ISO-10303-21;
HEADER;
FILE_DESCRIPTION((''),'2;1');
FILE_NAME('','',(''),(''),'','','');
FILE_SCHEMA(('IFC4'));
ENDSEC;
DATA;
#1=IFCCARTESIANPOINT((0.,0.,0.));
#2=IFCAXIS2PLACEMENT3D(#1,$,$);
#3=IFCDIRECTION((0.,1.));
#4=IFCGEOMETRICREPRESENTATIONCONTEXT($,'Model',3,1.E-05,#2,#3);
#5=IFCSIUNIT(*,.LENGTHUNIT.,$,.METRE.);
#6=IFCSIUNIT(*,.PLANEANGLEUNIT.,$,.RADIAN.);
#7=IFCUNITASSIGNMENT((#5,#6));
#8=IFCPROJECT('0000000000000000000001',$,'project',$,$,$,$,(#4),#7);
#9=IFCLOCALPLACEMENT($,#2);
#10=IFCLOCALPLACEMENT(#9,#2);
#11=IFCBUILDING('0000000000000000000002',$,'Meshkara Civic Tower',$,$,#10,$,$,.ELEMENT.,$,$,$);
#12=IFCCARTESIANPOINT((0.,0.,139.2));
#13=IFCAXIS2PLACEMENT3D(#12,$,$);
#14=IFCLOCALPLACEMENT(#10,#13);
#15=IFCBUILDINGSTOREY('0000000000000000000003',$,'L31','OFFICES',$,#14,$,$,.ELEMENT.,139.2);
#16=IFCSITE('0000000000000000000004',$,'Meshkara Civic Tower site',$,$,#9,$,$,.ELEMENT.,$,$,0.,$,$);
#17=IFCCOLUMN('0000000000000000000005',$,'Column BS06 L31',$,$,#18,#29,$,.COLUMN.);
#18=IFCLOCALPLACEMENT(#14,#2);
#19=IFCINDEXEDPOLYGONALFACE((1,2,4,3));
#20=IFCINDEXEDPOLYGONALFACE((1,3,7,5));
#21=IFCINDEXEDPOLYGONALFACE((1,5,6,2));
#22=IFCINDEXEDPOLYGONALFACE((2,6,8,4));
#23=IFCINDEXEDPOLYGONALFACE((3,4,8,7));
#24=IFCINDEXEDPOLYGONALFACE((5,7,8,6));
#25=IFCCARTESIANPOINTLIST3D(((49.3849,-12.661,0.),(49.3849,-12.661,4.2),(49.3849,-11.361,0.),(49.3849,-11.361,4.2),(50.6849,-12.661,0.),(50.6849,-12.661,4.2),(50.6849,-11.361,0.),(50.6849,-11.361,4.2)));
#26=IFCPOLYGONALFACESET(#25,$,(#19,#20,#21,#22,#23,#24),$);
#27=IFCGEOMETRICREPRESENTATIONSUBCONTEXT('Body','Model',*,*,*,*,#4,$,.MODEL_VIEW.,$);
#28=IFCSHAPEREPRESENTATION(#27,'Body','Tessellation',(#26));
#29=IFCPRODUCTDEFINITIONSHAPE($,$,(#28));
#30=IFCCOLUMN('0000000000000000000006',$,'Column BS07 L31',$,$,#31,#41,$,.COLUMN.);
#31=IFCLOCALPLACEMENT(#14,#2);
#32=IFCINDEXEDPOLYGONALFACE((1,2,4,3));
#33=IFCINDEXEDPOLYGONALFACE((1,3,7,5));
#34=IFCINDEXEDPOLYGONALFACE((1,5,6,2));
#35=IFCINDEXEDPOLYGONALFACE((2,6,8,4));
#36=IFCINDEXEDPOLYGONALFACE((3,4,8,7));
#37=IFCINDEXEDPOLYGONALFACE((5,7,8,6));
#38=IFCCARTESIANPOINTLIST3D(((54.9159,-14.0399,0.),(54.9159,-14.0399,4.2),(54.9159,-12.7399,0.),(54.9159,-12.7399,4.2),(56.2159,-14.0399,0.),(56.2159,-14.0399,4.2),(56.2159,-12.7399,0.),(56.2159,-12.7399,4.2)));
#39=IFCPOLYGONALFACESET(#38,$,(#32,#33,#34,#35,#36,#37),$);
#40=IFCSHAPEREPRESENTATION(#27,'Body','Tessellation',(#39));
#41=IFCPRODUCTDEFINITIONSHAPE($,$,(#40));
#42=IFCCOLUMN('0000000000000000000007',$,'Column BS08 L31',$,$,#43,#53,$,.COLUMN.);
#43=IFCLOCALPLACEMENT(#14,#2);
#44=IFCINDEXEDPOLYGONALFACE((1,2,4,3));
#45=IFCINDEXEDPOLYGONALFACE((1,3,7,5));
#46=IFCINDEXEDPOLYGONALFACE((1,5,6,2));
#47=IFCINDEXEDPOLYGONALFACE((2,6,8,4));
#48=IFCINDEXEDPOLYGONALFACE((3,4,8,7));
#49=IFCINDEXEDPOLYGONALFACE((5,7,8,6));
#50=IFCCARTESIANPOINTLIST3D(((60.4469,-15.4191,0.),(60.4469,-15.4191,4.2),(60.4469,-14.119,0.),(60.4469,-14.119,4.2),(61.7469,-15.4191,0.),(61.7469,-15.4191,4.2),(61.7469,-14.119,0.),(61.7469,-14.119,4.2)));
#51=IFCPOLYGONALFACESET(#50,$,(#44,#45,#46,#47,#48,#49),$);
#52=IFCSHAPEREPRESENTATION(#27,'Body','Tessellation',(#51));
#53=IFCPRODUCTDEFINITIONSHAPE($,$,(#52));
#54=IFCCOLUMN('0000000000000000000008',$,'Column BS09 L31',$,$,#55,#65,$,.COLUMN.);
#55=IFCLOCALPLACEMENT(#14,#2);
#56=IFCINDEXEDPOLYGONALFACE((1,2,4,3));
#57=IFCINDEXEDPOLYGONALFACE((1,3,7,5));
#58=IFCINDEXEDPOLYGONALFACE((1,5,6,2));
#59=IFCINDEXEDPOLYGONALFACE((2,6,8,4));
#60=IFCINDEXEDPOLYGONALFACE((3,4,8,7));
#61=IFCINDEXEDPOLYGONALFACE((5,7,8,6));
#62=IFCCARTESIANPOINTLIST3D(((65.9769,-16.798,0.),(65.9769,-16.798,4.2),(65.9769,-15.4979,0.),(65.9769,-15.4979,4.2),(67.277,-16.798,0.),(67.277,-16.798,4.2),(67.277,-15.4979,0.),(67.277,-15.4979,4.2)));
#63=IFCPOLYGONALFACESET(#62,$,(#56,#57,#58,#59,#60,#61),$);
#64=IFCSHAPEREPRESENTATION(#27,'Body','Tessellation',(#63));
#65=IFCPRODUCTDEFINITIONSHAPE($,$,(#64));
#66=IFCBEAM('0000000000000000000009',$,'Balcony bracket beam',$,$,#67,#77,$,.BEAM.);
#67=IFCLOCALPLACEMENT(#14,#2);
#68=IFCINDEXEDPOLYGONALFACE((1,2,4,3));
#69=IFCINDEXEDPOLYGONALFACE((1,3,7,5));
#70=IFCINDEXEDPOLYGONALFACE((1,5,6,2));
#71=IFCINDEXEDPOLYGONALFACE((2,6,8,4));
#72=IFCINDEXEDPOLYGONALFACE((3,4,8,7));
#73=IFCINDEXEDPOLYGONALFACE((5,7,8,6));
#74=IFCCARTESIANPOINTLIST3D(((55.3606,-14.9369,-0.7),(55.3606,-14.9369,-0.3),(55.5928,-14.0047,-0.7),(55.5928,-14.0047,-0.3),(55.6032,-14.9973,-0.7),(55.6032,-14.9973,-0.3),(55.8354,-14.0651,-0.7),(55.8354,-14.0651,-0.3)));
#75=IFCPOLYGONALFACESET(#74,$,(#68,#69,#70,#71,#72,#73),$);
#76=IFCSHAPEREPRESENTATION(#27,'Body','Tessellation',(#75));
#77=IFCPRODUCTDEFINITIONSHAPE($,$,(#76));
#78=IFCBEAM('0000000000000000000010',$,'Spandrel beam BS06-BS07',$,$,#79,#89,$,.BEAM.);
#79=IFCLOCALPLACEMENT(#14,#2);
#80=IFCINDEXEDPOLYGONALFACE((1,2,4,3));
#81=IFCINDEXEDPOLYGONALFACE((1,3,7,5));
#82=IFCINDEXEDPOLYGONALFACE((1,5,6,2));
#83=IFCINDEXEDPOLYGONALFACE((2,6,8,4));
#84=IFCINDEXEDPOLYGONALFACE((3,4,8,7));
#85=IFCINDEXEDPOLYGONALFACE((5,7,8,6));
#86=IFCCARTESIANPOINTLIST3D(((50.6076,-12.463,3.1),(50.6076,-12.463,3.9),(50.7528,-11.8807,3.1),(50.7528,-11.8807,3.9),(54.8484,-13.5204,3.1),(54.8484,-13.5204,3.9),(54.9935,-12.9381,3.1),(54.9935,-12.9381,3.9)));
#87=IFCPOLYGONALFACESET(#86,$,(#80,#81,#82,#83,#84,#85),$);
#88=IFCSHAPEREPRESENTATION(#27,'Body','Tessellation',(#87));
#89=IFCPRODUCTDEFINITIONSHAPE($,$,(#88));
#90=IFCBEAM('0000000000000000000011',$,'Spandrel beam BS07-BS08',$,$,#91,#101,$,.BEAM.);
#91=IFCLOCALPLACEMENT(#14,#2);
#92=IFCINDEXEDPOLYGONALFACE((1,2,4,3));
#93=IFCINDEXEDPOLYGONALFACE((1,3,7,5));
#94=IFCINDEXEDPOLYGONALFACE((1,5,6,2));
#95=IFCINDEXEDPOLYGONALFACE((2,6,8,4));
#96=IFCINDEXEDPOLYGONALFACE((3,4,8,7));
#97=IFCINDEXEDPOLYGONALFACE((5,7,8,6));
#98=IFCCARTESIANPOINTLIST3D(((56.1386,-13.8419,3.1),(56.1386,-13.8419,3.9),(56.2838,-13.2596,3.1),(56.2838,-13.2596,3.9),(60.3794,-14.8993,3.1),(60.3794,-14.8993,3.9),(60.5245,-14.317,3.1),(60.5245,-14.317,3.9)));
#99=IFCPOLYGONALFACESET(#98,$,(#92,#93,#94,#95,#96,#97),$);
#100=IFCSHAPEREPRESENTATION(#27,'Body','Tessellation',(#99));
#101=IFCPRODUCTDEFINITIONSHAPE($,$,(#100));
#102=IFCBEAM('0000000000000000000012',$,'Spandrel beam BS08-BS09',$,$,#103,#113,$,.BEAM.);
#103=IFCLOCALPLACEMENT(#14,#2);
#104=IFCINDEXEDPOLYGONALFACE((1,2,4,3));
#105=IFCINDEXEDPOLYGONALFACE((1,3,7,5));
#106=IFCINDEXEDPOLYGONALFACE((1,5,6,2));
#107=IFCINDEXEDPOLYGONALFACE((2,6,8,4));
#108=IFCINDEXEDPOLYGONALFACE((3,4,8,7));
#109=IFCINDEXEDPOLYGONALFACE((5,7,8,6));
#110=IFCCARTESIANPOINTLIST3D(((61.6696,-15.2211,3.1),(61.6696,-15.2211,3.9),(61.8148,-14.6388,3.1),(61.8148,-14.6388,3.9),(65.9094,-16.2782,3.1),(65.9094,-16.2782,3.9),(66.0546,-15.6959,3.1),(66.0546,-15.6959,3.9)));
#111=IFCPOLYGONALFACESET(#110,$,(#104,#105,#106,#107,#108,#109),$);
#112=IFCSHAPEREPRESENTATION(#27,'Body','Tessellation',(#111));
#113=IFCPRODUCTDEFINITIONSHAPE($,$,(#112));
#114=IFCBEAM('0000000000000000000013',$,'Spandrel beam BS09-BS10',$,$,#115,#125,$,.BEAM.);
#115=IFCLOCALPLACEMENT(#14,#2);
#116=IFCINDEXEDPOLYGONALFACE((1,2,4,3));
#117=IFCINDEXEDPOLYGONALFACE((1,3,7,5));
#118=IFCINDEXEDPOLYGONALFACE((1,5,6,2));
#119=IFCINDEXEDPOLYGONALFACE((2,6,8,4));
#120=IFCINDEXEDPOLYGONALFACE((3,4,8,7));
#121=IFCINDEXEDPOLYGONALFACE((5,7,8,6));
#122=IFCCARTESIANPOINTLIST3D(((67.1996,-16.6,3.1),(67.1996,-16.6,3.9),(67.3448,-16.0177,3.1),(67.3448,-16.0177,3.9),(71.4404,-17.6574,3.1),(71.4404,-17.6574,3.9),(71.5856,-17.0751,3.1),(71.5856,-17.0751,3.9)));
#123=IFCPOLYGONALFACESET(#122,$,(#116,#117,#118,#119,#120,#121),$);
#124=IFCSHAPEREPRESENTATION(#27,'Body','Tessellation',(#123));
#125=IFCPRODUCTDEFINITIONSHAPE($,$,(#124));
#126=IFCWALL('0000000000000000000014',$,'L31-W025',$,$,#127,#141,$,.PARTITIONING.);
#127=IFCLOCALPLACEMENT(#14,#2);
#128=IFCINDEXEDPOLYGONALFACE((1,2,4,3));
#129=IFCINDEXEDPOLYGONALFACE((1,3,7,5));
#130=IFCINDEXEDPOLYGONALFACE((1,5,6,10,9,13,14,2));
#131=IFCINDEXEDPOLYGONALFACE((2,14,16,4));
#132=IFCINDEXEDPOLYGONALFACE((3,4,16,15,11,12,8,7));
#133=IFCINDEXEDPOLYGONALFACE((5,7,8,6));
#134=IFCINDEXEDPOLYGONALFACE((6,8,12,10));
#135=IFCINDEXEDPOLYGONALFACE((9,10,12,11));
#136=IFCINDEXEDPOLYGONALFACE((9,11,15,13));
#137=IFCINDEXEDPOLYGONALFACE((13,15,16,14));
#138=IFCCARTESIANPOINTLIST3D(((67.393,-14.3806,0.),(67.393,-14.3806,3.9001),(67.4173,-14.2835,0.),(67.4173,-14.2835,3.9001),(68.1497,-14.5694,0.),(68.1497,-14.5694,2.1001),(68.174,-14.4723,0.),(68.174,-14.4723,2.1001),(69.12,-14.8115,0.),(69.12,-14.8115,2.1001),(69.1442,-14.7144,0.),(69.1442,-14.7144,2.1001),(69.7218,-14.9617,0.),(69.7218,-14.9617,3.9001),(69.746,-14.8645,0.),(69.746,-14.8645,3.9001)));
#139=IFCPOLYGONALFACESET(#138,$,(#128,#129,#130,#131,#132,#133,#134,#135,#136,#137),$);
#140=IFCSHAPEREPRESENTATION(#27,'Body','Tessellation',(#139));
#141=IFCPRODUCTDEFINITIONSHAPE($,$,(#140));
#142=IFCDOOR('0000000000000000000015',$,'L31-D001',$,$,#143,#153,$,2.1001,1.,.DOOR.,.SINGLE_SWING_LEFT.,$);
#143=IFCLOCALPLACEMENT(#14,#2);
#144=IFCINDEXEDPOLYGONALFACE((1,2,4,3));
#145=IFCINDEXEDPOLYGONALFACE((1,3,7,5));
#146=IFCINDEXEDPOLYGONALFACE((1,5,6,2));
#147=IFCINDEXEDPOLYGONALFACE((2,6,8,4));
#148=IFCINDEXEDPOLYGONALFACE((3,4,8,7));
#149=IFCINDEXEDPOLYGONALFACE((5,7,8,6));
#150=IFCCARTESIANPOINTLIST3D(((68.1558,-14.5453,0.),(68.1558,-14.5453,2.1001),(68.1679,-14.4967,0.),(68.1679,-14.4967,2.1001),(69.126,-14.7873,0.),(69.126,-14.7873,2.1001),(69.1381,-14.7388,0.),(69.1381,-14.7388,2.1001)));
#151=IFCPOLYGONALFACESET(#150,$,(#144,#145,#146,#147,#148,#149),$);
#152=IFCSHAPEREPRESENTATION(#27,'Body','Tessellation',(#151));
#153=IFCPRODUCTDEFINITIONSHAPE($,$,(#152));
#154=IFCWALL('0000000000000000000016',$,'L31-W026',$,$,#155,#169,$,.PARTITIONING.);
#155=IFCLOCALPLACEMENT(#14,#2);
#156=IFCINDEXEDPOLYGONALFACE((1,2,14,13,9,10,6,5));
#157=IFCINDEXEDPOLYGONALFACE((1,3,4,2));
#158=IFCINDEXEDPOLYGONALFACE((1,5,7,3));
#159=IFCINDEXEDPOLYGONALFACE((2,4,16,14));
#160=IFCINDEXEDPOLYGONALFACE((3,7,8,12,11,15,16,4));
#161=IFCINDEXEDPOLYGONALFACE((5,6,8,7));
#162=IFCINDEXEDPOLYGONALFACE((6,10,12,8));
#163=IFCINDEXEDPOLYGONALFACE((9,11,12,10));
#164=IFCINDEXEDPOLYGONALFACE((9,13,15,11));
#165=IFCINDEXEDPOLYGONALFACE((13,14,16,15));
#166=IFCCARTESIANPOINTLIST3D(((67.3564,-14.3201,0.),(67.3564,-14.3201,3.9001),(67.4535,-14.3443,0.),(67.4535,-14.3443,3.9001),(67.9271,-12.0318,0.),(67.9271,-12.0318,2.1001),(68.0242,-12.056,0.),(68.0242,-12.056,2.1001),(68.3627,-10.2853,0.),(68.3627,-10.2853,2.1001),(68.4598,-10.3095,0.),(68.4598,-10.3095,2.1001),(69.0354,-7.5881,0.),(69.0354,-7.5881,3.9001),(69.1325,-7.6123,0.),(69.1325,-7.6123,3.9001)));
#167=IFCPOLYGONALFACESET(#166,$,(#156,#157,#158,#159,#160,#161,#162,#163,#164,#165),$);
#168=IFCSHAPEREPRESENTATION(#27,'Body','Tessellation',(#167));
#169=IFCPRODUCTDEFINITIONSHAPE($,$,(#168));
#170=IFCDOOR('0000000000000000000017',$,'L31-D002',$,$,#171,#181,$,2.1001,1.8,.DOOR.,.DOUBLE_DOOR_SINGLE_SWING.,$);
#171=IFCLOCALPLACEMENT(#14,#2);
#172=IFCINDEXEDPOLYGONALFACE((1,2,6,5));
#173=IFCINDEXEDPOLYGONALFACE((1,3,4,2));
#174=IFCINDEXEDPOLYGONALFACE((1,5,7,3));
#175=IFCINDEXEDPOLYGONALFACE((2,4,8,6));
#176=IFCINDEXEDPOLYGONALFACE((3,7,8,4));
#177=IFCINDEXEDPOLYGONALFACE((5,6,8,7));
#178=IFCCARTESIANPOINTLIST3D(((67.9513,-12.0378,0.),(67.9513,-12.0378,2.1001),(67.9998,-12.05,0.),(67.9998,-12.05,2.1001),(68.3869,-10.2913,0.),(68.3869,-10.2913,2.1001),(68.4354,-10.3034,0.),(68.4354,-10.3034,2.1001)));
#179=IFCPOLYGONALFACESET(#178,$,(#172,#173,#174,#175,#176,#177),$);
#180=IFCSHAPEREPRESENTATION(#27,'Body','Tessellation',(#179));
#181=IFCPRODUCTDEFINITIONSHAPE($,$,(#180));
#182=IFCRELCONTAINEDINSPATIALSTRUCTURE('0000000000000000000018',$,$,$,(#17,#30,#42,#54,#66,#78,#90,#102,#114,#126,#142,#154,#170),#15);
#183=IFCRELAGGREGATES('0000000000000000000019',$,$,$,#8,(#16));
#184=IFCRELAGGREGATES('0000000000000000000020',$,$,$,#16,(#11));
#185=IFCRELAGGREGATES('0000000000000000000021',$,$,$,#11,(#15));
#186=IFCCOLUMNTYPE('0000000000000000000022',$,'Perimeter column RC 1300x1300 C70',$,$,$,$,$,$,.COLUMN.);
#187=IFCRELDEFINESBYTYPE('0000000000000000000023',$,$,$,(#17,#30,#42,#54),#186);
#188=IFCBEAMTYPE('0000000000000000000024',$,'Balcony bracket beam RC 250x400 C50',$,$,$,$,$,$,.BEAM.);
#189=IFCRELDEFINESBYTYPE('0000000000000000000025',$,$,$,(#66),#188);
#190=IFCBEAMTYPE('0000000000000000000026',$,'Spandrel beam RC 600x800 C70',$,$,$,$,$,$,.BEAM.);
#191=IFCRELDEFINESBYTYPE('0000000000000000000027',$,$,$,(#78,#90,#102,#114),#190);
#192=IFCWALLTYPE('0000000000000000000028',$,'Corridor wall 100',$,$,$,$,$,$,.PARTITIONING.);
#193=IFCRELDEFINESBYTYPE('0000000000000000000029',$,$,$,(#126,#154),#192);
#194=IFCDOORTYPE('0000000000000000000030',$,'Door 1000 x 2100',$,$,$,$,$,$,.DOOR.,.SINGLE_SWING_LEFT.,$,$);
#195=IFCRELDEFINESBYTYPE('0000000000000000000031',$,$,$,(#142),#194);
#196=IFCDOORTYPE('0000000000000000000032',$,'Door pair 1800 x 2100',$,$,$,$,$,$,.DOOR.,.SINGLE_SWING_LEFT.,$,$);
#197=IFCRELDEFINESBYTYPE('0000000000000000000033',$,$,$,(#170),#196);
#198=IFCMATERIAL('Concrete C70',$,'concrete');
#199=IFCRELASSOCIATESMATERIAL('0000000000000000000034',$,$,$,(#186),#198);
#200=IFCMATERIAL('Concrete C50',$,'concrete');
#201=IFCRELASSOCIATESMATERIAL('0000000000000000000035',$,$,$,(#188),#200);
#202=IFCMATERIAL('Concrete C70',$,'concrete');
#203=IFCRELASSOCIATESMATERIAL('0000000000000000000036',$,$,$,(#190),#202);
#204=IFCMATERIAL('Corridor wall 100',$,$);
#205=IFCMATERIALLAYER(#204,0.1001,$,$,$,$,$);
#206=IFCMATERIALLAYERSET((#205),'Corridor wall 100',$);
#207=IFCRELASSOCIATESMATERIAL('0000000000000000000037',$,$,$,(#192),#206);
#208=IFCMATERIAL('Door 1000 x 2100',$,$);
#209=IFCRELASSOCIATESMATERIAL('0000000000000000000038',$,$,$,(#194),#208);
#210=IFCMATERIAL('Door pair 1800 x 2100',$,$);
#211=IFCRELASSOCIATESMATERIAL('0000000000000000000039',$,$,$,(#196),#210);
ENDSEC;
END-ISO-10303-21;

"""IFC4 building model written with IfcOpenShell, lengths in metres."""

from ifc_helpers import new_model, si_unit, direction, frame, frame_2d, origin, origin_2d, place, context, subcontext, project, spatial, rectangle, extrude, material, layer, layer_set, material_profile, profile_set, type_object, element, fill, save


model = new_model("IFC4")

# Units and contexts
model_context = context("Model", 3, precision=1e-05, world=origin(), true_north=direction((0.0, 1.0)))
body_context = subcontext(model_context, "Body", "Model", "MODEL_VIEW")
ifc_project = project(units=[si_unit("LENGTHUNIT", "METRE"), si_unit("PLANEANGLEUNIT", "RADIAN")], contexts=[model_context])

# Site, building, storey
site_placement = place(None, origin())
site = spatial("IfcSite", under=ifc_project, at=site_placement, Name="Meshkara Civic Tower site", CompositionType="ELEMENT", RefElevation=0.0)
building_placement = place(site_placement, origin())
building = spatial("IfcBuilding", under=site, at=building_placement, Name="Meshkara Civic Tower", CompositionType="ELEMENT")
storey_placement = place(building_placement, frame((0.0, 0.0, 139.2)))
storey = spatial("IfcBuildingStorey", under=building, at=storey_placement, Name="L31", Description="OFFICES", CompositionType="ELEMENT", Elevation=139.2)

# Columns
ifc_material_1 = material(Name="Concrete C70", Category="concrete")
ifc_material_profile_1 = material_profile(ifc_material_1, rectangle(XDim=1.3, YDim=1.3, at=origin_2d()))
ifc_profile_set_1 = profile_set([ifc_material_profile_1], Name="Concrete C70")
column_type = type_object("IfcColumnType", Name="Perimeter column RC 1300x1300 C70", PredefinedType="COLUMN", material=ifc_profile_set_1)
for number, where, z_axis, x_axis, name in (
    (1, (50.0349, -12.011, 0.0), (0.0, 0.0, 1.0), (1.0, 0.0, 0.0), "Column BS06 L31"),
    (2, (55.5659, -13.3899, 0.0), (0.0, 0.0, 1.0), (1.0, 0.0, 0.0), "Column BS07 L31"),
    (3, (61.0969, -14.769, 0.0), (0.0, 0.0, 1.0), (1.0, 0.0, 0.0), "Column BS08 L31"),
    (4, (66.627, -16.1479, 0.0), (0.0, 0.0, 1.0), (1.0, 0.0, 0.0), "Column BS09 L31"),
):
    element("IfcColumn", number, at=place(storey_placement, frame(where, z_axis=z_axis, x_axis=x_axis)), inside=storey, type_object=column_type, Name=name, PredefinedType="COLUMN", context=body_context, shape_type="SweptSolid", body=[
        extrude(rectangle(XDim=1.3, YDim=1.3, at=origin_2d()), origin(), (0.0, 0.0, 1.0), 4.2),
    ])

# Beams
ifc_material_2 = material(Name="Concrete C50", Category="concrete")
ifc_material_profile_2 = material_profile(ifc_material_2, rectangle(XDim=0.25, YDim=0.3999, at=origin_2d()))
ifc_profile_set_2 = profile_set([ifc_material_profile_2], Name="Concrete C50")
beam_type_1 = type_object("IfcBeamType", Name="Balcony bracket beam RC 250x400 C50", PredefinedType="BEAM", material=ifc_profile_set_2)
beam_1_placement = place(storey_placement, frame((55.7141, -14.0349, -0.5), z_axis=(-0.241698, -0.970351, 0.0), x_axis=(0.970351, -0.241698, 0.0)))
element("IfcBeam", 5, at=beam_1_placement, inside=storey, type_object=beam_type_1, Name="Balcony bracket beam", PredefinedType="BEAM", context=body_context, shape_type="SweptSolid", body=[
    extrude(rectangle(XDim=0.25, YDim=0.3999, at=origin_2d()), origin(), (0.0, 0.0, 1.0), 0.9607),
])
ifc_material_3 = material(Name="Concrete C70", Category="concrete")
ifc_material_profile_3 = material_profile(ifc_material_3, rectangle(XDim=0.6001, YDim=0.8, at=origin_2d()))
ifc_profile_set_3 = profile_set([ifc_material_profile_3], Name="Concrete C70")
beam_type_2 = type_object("IfcBeamType", Name="Spandrel beam RC 600x800 C70", PredefinedType="BEAM", material=ifc_profile_set_3)
for number, where, z_axis, x_axis, name in (
    (6, (50.6802, -12.1719, 3.5), (0.970293, -0.241931, 0.0), (0.241931, 0.970293, 0.0), "Spandrel beam BS06-BS07"),
    (7, (56.2112, -13.5508, 3.5), (0.970293, -0.241931, 0.0), (0.241931, 0.970293, 0.0), "Spandrel beam BS07-BS08"),
):
    element("IfcBeam", number, at=place(storey_placement, frame(where, z_axis=z_axis, x_axis=x_axis)), inside=storey, type_object=beam_type_2, Name=name, PredefinedType="BEAM", context=body_context, shape_type="SweptSolid", body=[
        extrude(rectangle(XDim=0.6001, YDim=0.8, at=origin_2d()), origin(), (0.0, 0.0, 1.0), 4.3706),
    ])
beam_2_placement = place(storey_placement, frame((61.7422, -14.9299, 3.5), z_axis=(0.970293, -0.241931, 0.0), x_axis=(0.241931, 0.970293, 0.0)))
element("IfcBeam", 8, at=beam_2_placement, inside=storey, type_object=beam_type_2, Name="Spandrel beam BS08-BS09", PredefinedType="BEAM", context=body_context, shape_type="SweptSolid", body=[
    extrude(rectangle(XDim=0.6001, YDim=0.8, at=origin_2d()), origin(), (0.0, 0.0, 1.0), 4.3696),
])
beam_3_placement = place(storey_placement, frame((67.2722, -16.3088, 3.5), z_axis=(0.970293, -0.241931, 0.0), x_axis=(0.241931, 0.970293, 0.0)))
element("IfcBeam", 9, at=beam_3_placement, inside=storey, type_object=beam_type_2, Name="Spandrel beam BS09-BS10", PredefinedType="BEAM", context=body_context, shape_type="SweptSolid", body=[
    extrude(rectangle(XDim=0.6001, YDim=0.8, at=origin_2d()), origin(), (0.0, 0.0, 1.0), 4.3706),
])

# Walls, openings, doors
ifc_material_4 = material(Name="Corridor wall 100")
ifc_layer_1 = layer(ifc_material_4, 0.1001)
ifc_layer_set_1 = layer_set([ifc_layer_1], Name="Corridor wall 100")
wall_type_1 = type_object("IfcWallType", Name="Corridor wall 100", PredefinedType="PARTITIONING", material=ifc_layer_set_1)
wall_1_placement = place(storey_placement, frame((67.405, -14.332, 0.0), z_axis=(0.0, 0.0, 1.0), x_axis=(0.970256, -0.242081, 0.0)))
wall_1 = element("IfcWall", 10, at=wall_1_placement, inside=storey, type_object=wall_type_1, Name="L31-W025", PredefinedType="PARTITIONING", context=body_context, shape_type="SweptSolid", body=[
    extrude(rectangle(XDim=2.4001, YDim=0.1001, at=frame_2d((1.2002, 0.0))), origin(), (0.0, 0.0, 1.0), 3.9001),
])
opening_1_placement = place(wall_1_placement, frame((0.78, 0.0, 0.0)))
opening_1 = element("IfcOpeningElement", 11, at=opening_1_placement, cuts=wall_1, PredefinedType="OPENING", context=body_context, shape_type="SweptSolid", body=[
    extrude(rectangle(XDim=1.0, YDim=2.1001, at=frame_2d((0.5, 1.05))), frame((0.0, 0.0601, 0.0), z_axis=(0.0, -1.0, 0.0), x_axis=(1.0, 0.0, 0.0)), (0.0, 0.0, 1.0), 0.1201),
])
ifc_material_5 = material(Name="Door 1000 x 2100")
door_type_1 = type_object("IfcDoorType", Name="Door 1000 x 2100", OperationType="SINGLE_SWING_LEFT", PredefinedType="DOOR", material=ifc_material_5)
door_1_placement = place(opening_1_placement, origin())
door_1 = element("IfcDoor", 12, at=door_1_placement, inside=storey, type_object=door_type_1, Name="L31-D001", OperationType="SINGLE_SWING_LEFT", OverallHeight=2.1001, OverallWidth=1.0, PredefinedType="DOOR", context=body_context, shape_type="SweptSolid", body=[
    extrude(rectangle(XDim=1.0, YDim=2.1001, at=frame_2d((0.5, 1.05))), frame((0.0, 0.0249, 0.0), z_axis=(0.0, -1.0, 0.0), x_axis=(1.0, 0.0, 0.0)), (0.0, 0.0, 1.0), 0.05),
])
fill(opening_1, door_1)
wall_2_placement = place(storey_placement, frame((69.084, -7.6001, 0.0), z_axis=(0.0, 0.0, 1.0), x_axis=(-0.241989, -0.970279, 0.0)))
wall_2 = element("IfcWall", 13, at=wall_2_placement, inside=storey, type_object=wall_type_1, Name="L31-W026", PredefinedType="PARTITIONING", context=body_context, shape_type="SweptSolid", body=[
    extrude(rectangle(XDim=6.9382, YDim=0.1001, at=frame_2d((3.4692, 0.0))), origin(), (0.0, 0.0, 1.0), 3.9001),
])
opening_2_placement = place(wall_2_placement, frame((2.78, 0.0, 0.0)))
opening_2 = element("IfcOpeningElement", 14, at=opening_2_placement, cuts=wall_2, PredefinedType="OPENING", context=body_context, shape_type="SweptSolid", body=[
    extrude(rectangle(XDim=1.8, YDim=2.1001, at=frame_2d((0.8999, 1.05))), frame((0.0, 0.0601, 0.0), z_axis=(0.0, -1.0, 0.0), x_axis=(1.0, 0.0, 0.0)), (0.0, 0.0, 1.0), 0.1201),
])
ifc_material_6 = material(Name="Door pair 1800 x 2100")
door_type_2 = type_object("IfcDoorType", Name="Door pair 1800 x 2100", OperationType="SINGLE_SWING_LEFT", PredefinedType="DOOR", material=ifc_material_6)
door_2_placement = place(opening_2_placement, origin())
door_2 = element("IfcDoor", 15, at=door_2_placement, inside=storey, type_object=door_type_2, Name="L31-D002", OperationType="DOUBLE_DOOR_SINGLE_SWING", OverallHeight=2.1001, OverallWidth=1.8, PredefinedType="DOOR", context=body_context, shape_type="SweptSolid", body=[
    extrude(rectangle(XDim=1.8, YDim=2.1001, at=frame_2d((0.8999, 1.05))), frame((0.0, 0.0249, 0.0), z_axis=(0.0, -1.0, 0.0), x_axis=(1.0, 0.0, 0.0)), (0.0, 0.0, 1.0), 0.05),
])
fill(opening_2, door_2)

save(model, "model.ifc")
